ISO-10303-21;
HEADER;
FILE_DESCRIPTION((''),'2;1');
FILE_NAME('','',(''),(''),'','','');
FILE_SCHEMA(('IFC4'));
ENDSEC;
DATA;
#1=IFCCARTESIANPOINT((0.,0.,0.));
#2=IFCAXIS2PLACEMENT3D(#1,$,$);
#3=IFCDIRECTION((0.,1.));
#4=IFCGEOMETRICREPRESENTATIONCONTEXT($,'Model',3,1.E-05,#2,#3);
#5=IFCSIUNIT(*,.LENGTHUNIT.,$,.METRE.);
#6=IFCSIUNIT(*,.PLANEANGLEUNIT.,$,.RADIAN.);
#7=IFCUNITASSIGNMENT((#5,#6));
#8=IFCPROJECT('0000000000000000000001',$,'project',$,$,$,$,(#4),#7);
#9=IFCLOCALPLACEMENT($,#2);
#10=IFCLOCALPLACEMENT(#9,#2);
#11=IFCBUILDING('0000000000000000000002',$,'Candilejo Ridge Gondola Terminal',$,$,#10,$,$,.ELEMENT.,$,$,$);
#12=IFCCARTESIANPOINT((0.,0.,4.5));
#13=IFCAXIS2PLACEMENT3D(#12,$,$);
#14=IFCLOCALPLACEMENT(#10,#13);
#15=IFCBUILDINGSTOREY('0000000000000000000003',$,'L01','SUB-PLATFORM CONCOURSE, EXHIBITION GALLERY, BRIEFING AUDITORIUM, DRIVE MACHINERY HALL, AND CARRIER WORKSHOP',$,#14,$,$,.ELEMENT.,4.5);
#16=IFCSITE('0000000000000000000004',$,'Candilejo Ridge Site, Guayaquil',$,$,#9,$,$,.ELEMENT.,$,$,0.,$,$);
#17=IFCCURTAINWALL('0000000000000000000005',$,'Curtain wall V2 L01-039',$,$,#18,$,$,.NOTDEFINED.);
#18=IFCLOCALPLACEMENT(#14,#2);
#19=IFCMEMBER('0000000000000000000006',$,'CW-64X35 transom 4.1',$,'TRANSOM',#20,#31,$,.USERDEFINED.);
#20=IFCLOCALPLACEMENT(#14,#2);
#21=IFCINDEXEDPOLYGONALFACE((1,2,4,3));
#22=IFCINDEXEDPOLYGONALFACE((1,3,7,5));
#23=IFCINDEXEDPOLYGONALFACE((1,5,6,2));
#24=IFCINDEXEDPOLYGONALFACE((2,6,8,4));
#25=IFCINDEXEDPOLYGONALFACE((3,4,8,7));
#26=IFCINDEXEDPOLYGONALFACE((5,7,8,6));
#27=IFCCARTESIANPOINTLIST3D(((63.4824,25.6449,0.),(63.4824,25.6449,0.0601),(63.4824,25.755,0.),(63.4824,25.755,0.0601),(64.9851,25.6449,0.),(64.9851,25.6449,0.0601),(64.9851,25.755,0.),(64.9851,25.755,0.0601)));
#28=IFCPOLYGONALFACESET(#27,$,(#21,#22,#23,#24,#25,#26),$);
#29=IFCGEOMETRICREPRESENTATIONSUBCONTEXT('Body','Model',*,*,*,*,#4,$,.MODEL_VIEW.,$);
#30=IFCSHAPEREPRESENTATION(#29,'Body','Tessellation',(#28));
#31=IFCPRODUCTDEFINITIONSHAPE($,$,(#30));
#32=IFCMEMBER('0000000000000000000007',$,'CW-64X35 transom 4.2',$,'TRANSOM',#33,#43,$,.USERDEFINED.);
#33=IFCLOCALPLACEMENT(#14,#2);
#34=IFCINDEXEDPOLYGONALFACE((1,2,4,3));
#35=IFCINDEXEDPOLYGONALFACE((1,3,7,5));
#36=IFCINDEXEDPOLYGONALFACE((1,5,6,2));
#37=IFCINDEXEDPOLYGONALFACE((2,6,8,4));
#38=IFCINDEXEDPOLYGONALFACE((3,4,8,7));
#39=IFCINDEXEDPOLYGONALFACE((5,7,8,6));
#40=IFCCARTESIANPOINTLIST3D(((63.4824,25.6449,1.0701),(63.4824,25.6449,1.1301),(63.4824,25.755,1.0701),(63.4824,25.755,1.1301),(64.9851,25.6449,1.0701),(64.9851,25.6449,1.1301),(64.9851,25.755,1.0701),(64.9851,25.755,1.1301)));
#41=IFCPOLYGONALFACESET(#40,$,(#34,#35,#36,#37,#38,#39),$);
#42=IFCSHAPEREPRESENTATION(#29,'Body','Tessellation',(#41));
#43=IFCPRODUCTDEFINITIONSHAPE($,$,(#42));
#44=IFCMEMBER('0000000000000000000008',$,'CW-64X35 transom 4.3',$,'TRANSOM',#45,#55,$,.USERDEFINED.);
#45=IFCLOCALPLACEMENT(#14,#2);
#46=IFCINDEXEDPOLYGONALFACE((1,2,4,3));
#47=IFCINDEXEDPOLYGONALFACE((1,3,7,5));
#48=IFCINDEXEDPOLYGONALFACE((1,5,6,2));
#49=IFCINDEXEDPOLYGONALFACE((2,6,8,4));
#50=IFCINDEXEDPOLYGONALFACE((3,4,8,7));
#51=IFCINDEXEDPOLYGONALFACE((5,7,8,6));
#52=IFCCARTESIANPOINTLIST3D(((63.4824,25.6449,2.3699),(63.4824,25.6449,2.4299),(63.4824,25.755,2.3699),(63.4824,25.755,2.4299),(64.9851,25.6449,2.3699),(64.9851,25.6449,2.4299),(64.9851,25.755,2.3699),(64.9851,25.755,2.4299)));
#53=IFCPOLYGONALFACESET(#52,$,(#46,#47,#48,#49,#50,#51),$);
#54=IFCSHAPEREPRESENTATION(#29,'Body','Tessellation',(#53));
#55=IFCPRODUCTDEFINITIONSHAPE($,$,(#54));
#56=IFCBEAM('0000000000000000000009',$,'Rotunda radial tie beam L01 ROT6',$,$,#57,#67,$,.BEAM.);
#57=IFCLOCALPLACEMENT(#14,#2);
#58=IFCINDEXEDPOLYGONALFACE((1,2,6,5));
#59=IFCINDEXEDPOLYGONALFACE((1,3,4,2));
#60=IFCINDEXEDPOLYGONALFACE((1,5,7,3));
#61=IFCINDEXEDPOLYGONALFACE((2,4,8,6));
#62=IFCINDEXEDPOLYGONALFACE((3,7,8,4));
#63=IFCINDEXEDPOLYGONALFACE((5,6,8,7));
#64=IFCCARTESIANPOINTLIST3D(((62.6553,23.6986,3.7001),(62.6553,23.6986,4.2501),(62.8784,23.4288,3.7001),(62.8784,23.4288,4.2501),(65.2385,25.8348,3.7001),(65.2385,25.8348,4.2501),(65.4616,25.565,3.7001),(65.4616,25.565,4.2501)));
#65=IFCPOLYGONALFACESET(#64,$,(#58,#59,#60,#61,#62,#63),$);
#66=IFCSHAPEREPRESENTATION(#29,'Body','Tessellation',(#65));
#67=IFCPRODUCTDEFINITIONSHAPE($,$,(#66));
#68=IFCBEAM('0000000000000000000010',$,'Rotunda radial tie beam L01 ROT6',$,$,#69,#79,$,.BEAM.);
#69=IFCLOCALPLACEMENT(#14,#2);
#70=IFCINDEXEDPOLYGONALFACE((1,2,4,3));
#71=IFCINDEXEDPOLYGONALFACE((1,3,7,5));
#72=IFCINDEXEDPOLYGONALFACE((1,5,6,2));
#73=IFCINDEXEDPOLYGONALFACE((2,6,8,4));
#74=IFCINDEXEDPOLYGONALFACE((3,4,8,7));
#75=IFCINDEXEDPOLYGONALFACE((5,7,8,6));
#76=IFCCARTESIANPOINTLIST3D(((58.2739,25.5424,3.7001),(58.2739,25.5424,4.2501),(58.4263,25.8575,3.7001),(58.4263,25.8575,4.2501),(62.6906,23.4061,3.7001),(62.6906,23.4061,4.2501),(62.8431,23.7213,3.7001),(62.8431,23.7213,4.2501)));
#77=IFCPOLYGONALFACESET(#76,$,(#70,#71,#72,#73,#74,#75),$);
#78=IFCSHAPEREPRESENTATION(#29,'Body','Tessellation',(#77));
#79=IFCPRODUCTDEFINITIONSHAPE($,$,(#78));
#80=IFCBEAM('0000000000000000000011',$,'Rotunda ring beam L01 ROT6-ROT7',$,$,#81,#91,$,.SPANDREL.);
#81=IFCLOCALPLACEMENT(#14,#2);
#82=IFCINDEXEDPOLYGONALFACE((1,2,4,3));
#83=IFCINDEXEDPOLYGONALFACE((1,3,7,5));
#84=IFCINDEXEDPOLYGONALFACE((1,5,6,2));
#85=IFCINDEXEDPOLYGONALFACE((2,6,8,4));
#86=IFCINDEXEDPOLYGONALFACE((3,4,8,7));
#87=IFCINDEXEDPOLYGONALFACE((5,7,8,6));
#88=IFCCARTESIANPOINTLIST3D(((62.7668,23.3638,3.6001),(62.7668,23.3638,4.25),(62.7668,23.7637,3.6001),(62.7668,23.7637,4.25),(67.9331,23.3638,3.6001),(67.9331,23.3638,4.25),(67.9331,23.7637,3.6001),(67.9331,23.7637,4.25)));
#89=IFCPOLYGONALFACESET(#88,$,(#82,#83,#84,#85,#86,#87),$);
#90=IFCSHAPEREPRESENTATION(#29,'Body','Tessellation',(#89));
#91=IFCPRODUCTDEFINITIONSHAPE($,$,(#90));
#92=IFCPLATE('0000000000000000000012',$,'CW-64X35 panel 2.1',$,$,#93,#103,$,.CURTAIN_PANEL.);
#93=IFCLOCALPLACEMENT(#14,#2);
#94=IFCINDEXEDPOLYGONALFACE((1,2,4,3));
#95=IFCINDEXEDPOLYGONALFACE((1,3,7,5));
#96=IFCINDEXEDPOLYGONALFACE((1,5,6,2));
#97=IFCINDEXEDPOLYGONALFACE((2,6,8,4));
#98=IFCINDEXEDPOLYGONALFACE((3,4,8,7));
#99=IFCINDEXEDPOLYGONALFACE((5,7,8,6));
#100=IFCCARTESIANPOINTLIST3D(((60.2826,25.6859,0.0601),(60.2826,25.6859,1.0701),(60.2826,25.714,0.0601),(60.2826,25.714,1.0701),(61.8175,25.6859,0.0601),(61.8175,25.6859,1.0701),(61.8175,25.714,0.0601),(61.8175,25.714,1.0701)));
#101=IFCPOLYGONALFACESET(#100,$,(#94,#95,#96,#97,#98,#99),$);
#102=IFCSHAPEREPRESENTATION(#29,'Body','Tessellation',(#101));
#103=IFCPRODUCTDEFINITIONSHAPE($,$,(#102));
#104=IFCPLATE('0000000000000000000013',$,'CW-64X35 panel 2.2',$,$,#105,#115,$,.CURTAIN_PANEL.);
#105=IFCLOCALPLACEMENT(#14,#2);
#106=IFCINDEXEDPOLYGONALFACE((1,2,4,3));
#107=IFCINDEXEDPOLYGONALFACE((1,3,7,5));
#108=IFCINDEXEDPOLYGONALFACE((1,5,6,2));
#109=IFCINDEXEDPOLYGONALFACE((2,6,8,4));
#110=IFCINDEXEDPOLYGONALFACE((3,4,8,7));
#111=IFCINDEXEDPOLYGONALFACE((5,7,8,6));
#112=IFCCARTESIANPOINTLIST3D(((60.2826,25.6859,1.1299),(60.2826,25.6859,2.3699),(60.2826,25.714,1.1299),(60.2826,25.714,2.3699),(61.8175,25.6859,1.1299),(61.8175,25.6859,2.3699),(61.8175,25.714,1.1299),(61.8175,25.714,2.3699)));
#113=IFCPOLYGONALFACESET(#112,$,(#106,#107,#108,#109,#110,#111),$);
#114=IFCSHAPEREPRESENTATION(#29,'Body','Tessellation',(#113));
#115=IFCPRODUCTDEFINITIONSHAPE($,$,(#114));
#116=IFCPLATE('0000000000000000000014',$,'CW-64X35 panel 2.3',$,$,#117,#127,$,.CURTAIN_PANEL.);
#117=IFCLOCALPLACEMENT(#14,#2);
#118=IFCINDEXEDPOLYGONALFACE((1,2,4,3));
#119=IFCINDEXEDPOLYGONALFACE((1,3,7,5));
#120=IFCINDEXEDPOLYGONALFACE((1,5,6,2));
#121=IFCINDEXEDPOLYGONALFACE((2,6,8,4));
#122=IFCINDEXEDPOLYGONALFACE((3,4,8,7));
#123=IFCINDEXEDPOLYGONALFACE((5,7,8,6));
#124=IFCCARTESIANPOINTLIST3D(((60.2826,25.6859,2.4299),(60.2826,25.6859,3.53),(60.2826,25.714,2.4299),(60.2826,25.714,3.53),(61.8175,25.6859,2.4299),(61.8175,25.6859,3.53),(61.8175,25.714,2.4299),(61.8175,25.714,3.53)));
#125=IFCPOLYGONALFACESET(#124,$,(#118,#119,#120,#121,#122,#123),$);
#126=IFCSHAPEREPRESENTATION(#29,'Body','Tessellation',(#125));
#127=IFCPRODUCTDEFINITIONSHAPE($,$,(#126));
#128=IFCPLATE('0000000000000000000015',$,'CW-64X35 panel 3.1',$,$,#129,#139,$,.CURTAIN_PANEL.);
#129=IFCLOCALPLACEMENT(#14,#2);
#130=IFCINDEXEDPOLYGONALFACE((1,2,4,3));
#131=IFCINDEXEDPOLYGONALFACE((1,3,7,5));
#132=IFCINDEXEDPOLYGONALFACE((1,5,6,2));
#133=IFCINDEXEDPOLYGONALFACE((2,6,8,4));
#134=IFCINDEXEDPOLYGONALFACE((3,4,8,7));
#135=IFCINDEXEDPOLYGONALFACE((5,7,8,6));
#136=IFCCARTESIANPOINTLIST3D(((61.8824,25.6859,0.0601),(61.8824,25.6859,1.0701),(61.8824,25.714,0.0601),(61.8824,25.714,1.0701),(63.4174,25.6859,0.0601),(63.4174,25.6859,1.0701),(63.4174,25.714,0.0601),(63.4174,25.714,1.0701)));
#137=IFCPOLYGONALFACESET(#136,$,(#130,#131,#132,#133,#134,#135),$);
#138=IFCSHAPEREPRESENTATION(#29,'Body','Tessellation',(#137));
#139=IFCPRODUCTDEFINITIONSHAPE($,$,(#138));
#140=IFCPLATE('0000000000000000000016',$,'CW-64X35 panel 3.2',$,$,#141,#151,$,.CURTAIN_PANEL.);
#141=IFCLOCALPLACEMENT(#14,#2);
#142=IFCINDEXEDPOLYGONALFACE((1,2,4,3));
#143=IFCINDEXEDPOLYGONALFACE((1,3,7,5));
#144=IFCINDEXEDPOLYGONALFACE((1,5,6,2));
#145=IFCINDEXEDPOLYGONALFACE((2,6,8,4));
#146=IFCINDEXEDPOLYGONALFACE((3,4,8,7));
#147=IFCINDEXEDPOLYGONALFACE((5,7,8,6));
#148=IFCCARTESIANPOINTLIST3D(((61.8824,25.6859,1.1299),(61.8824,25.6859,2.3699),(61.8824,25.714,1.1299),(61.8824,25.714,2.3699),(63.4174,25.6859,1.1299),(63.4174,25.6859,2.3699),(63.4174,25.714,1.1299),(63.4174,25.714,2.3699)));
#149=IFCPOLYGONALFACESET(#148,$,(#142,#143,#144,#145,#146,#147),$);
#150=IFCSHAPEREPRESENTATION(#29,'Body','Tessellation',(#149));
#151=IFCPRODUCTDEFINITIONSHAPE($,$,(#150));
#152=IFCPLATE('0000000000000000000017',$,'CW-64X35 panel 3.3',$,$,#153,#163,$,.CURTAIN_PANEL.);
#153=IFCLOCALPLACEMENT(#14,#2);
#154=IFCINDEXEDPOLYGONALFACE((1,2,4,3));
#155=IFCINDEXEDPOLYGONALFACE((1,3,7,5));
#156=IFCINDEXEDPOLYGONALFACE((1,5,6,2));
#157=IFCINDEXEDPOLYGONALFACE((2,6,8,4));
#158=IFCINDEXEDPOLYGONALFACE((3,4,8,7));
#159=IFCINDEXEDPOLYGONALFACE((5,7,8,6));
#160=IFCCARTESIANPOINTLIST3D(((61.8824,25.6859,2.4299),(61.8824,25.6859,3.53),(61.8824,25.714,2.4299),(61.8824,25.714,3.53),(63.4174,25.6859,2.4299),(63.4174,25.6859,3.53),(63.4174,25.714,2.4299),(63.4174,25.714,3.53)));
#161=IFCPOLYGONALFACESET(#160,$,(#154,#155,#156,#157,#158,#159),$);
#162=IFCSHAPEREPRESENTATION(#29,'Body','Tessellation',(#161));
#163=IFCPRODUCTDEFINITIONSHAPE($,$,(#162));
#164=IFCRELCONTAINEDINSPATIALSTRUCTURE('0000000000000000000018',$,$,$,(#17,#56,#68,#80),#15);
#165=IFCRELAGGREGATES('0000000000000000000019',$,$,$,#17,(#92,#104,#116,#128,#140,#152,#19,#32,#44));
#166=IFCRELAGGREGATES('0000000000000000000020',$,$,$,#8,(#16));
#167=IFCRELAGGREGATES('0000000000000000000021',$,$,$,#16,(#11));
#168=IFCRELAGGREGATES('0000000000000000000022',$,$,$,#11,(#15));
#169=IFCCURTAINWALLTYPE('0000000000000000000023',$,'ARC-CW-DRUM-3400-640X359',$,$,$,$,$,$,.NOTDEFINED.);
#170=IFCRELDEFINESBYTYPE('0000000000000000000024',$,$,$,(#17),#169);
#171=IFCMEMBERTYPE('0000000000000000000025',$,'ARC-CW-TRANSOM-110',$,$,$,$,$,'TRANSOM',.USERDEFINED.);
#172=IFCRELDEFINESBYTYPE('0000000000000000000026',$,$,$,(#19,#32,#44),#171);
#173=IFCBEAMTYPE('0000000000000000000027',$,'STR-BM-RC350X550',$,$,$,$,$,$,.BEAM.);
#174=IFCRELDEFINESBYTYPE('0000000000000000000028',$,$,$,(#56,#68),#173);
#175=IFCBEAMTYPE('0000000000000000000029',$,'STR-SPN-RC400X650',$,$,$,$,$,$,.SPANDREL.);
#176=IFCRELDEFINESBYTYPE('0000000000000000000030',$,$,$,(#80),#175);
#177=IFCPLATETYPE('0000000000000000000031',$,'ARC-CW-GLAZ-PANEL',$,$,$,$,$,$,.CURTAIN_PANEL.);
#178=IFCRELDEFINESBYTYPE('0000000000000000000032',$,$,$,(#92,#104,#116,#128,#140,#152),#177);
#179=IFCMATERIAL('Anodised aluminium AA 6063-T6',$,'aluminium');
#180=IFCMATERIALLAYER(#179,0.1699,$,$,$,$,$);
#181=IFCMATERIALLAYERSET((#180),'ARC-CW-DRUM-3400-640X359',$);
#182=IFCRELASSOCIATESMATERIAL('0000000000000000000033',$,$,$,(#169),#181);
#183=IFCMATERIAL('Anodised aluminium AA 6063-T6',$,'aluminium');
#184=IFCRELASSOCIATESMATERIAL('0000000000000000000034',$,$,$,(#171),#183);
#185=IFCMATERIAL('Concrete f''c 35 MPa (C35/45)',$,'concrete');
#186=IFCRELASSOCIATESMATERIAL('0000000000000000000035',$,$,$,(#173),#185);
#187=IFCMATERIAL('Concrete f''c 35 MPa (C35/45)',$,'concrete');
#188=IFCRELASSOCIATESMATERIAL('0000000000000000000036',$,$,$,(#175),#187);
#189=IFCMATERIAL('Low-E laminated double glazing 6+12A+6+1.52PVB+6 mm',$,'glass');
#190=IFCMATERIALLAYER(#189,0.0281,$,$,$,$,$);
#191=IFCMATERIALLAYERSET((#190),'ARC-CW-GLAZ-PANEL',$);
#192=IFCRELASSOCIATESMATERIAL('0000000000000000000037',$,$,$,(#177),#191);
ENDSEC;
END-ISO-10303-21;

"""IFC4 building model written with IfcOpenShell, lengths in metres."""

from ifc_helpers import new_model, si_unit, direction, frame, origin, origin_2d, place, context, subcontext, project, spatial, rectangle, extrude, material, layer, layer_set, material_profile, profile_set, type_object, element, aggregate, save


model = new_model("IFC4")

# Units and contexts
model_context = context("Model", 3, precision=1e-05, world=origin(), true_north=direction((0.0, 1.0)))
body_context = subcontext(model_context, "Body", "Model", "MODEL_VIEW")
ifc_project = project(units=[si_unit("LENGTHUNIT", "METRE"), si_unit("PLANEANGLEUNIT", "RADIAN")], contexts=[model_context])

# Site, building, storey
site_placement = place(None, origin())
site = spatial("IfcSite", under=ifc_project, at=site_placement, Name="Candilejo Ridge Site, Guayaquil", CompositionType="ELEMENT", RefElevation=0.0)
building_placement = place(site_placement, origin())
building = spatial("IfcBuilding", under=site, at=building_placement, Name="Candilejo Ridge Gondola Terminal", CompositionType="ELEMENT")
storey_placement = place(building_placement, frame((0.0, 0.0, 4.5)))
storey = spatial("IfcBuildingStorey", under=building, at=storey_placement, Name="L01", Description="SUB-PLATFORM CONCOURSE, EXHIBITION GALLERY, BRIEFING AUDITORIUM, DRIVE MACHINERY HALL, AND CARRIER WORKSHOP", CompositionType="ELEMENT", Elevation=4.5)

# Curtain wall, members
ifc_material_1 = material(Name="Anodised aluminium AA 6063-T6", Category="aluminium")
ifc_layer_1 = layer(ifc_material_1, 0.1699)
ifc_layer_set_1 = layer_set([ifc_layer_1], Name="ARC-CW-DRUM-3400-640X359")
curtain_wall_type = type_object("IfcCurtainWallType", Name="ARC-CW-DRUM-3400-640X359", PredefinedType="NOTDEFINED", material=ifc_layer_set_1)
curtain_wall_placement = place(storey_placement, origin())
curtain_wall = element("IfcCurtainWall", 1, at=curtain_wall_placement, inside=storey, type_object=curtain_wall_type, Name="Curtain wall V2 L01-039", PredefinedType="NOTDEFINED")
ifc_material_2 = material(Name="Anodised aluminium AA 6063-T6", Category="aluminium")
ifc_material_profile_1 = material_profile(ifc_material_2, rectangle(XDim=0.1101, YDim=0.0601, at=origin_2d()))
ifc_profile_set_1 = profile_set([ifc_material_profile_1], Name="Anodised aluminium AA 6063-T6")
member_type_1 = type_object("IfcMemberType", Name="ARC-CW-TRANSOM-110", ElementType="TRANSOM", PredefinedType="USERDEFINED", material=ifc_profile_set_1)
member_1_placement = place(storey_placement, frame((63.4824, 25.7, 0.03), z_axis=(1.0, 0.0, 0.0), x_axis=(0.0, 1.0, 0.0)))
member_1 = element("IfcMember", 2, at=member_1_placement, type_object=member_type_1, Name="CW-64X35 transom 4.1", ObjectType="TRANSOM", PredefinedType="USERDEFINED", context=body_context, shape_type="SweptSolid", body=[
    extrude(rectangle(XDim=0.1101, YDim=0.0601, at=origin_2d()), origin(), (0.0, 0.0, 1.0), 1.5027),
])
member_2_placement = place(storey_placement, frame((63.4824, 25.7, 1.1001), z_axis=(1.0, 0.0, 0.0), x_axis=(0.0, 1.0, 0.0)))
member_2 = element("IfcMember", 3, at=member_2_placement, type_object=member_type_1, Name="CW-64X35 transom 4.2", ObjectType="TRANSOM", PredefinedType="USERDEFINED", context=body_context, shape_type="SweptSolid", body=[
    extrude(rectangle(XDim=0.1101, YDim=0.0601, at=origin_2d()), origin(), (0.0, 0.0, 1.0), 1.5027),
])
member_3_placement = place(storey_placement, frame((63.4824, 25.7, 2.3999), z_axis=(1.0, 0.0, 0.0), x_axis=(0.0, 1.0, 0.0)))
member_3 = element("IfcMember", 4, at=member_3_placement, type_object=member_type_1, Name="CW-64X35 transom 4.3", ObjectType="TRANSOM", PredefinedType="USERDEFINED", context=body_context, shape_type="SweptSolid", body=[
    extrude(rectangle(XDim=0.1101, YDim=0.0601, at=origin_2d()), origin(), (0.0, 0.0, 1.0), 1.5027),
])

# Beams
ifc_material_3 = material(Name="Concrete f'c 35 MPa (C35/45)", Category="concrete")
ifc_material_profile_2 = material_profile(ifc_material_3, rectangle(XDim=0.3501, YDim=0.55, at=origin_2d()))
ifc_profile_set_2 = profile_set([ifc_material_profile_2], Name="Concrete f'c 35 MPa (C35/45)")
beam_type_1 = type_object("IfcBeamType", Name="STR-BM-RC350X550", PredefinedType="BEAM", material=ifc_profile_set_2)
beam_1_placement = place(storey_placement, frame((62.7668, 23.5637, 3.9751), z_axis=(0.770634, 0.637279, 0.0), x_axis=(-0.637279, 0.770634, 0.0)))
element("IfcBeam", 5, at=beam_1_placement, inside=storey, type_object=beam_type_1, Name="Rotunda radial tie beam L01 ROT6", PredefinedType="BEAM", context=body_context, shape_type="SweptSolid", body=[
    extrude(rectangle(XDim=0.3501, YDim=0.55, at=origin_2d()), origin(), (0.0, 0.0, 1.0), 3.3521),
])
beam_2_placement = place(storey_placement, frame((62.7668, 23.5637, 3.9751), z_axis=(-0.900232, 0.435411, 0.0), x_axis=(-0.435411, -0.900232, 0.0)))
element("IfcBeam", 6, at=beam_2_placement, inside=storey, type_object=beam_type_1, Name="Rotunda radial tie beam L01 ROT6", PredefinedType="BEAM", context=body_context, shape_type="SweptSolid", body=[
    extrude(rectangle(XDim=0.3501, YDim=0.55, at=origin_2d()), origin(), (0.0, 0.0, 1.0), 4.9062),
])
ifc_material_4 = material(Name="Concrete f'c 35 MPa (C35/45)", Category="concrete")
ifc_material_profile_3 = material_profile(ifc_material_4, rectangle(XDim=0.3999, YDim=0.6499, at=origin_2d()))
ifc_profile_set_3 = profile_set([ifc_material_profile_3], Name="Concrete f'c 35 MPa (C35/45)")
beam_type_2 = type_object("IfcBeamType", Name="STR-SPN-RC400X650", PredefinedType="SPANDREL", material=ifc_profile_set_3)
beam_3_placement = place(storey_placement, frame((62.7668, 23.5637, 3.925), z_axis=(1.0, 0.0, 0.0), x_axis=(0.0, 1.0, 0.0)))
element("IfcBeam", 7, at=beam_3_placement, inside=storey, type_object=beam_type_2, Name="Rotunda ring beam L01 ROT6-ROT7", PredefinedType="SPANDREL", context=body_context, shape_type="SweptSolid", body=[
    extrude(rectangle(XDim=0.3999, YDim=0.6499, at=origin_2d()), origin(), (0.0, 0.0, 1.0), 5.1663),
])

# Plates
ifc_material_5 = material(Name="Low-E laminated double glazing 6+12A+6+1.52PVB+6 mm", Category="glass")
ifc_layer_2 = layer(ifc_material_5, 0.0281)
ifc_layer_set_2 = layer_set([ifc_layer_2], Name="ARC-CW-GLAZ-PANEL")
plate_type = type_object("IfcPlateType", Name="ARC-CW-GLAZ-PANEL", PredefinedType="CURTAIN_PANEL", material=ifc_layer_set_2)
plate_1_placement = place(storey_placement, frame((61.05, 25.7, 0.0601), z_axis=(0.0, 0.0, 1.0), x_axis=(1.0, 0.0, 0.0)))
plate_1 = element("IfcPlate", 8, at=plate_1_placement, type_object=plate_type, Name="CW-64X35 panel 2.1", PredefinedType="CURTAIN_PANEL", context=body_context, shape_type="SweptSolid", body=[
    extrude(rectangle(XDim=1.5349, YDim=0.0281, at=origin_2d()), origin(), (0.0, 0.0, 1.0), 1.01),
])
plate_2_placement = place(storey_placement, frame((61.05, 25.7, 1.1299), z_axis=(0.0, 0.0, 1.0), x_axis=(1.0, 0.0, 0.0)))
plate_2 = element("IfcPlate", 9, at=plate_2_placement, type_object=plate_type, Name="CW-64X35 panel 2.2", PredefinedType="CURTAIN_PANEL", context=body_context, shape_type="SweptSolid", body=[
    extrude(rectangle(XDim=1.5349, YDim=0.0281, at=origin_2d()), origin(), (0.0, 0.0, 1.0), 1.24),
])
plate_3_placement = place(storey_placement, frame((61.05, 25.7, 2.4299), z_axis=(0.0, 0.0, 1.0), x_axis=(1.0, 0.0, 0.0)))
plate_3 = element("IfcPlate", 10, at=plate_3_placement, type_object=plate_type, Name="CW-64X35 panel 2.3", PredefinedType="CURTAIN_PANEL", context=body_context, shape_type="SweptSolid", body=[
    extrude(rectangle(XDim=1.5349, YDim=0.0281, at=origin_2d()), origin(), (0.0, 0.0, 1.0), 1.1001),
])
plate_4_placement = place(storey_placement, frame((62.6499, 25.7, 0.0601), z_axis=(0.0, 0.0, 1.0), x_axis=(1.0, 0.0, 0.0)))
plate_4 = element("IfcPlate", 11, at=plate_4_placement, type_object=plate_type, Name="CW-64X35 panel 3.1", PredefinedType="CURTAIN_PANEL", context=body_context, shape_type="SweptSolid", body=[
    extrude(rectangle(XDim=1.5349, YDim=0.0281, at=origin_2d()), origin(), (0.0, 0.0, 1.0), 1.01),
])
plate_5_placement = place(storey_placement, frame((62.6499, 25.7, 1.1299), z_axis=(0.0, 0.0, 1.0), x_axis=(1.0, 0.0, 0.0)))
plate_5 = element("IfcPlate", 12, at=plate_5_placement, type_object=plate_type, Name="CW-64X35 panel 3.2", PredefinedType="CURTAIN_PANEL", context=body_context, shape_type="SweptSolid", body=[
    extrude(rectangle(XDim=1.5349, YDim=0.0281, at=origin_2d()), origin(), (0.0, 0.0, 1.0), 1.24),
])
plate_6_placement = place(storey_placement, frame((62.6499, 25.7, 2.4299), z_axis=(0.0, 0.0, 1.0), x_axis=(1.0, 0.0, 0.0)))
plate_6 = element("IfcPlate", 13, at=plate_6_placement, type_object=plate_type, Name="CW-64X35 panel 3.3", PredefinedType="CURTAIN_PANEL", context=body_context, shape_type="SweptSolid", body=[
    extrude(rectangle(XDim=1.5349, YDim=0.0281, at=origin_2d()), origin(), (0.0, 0.0, 1.0), 1.1001),
])
aggregate(curtain_wall, [plate_1, plate_2, plate_3, plate_4, plate_5, plate_6, member_1, member_2, member_3])

save(model, "model.ifc")
